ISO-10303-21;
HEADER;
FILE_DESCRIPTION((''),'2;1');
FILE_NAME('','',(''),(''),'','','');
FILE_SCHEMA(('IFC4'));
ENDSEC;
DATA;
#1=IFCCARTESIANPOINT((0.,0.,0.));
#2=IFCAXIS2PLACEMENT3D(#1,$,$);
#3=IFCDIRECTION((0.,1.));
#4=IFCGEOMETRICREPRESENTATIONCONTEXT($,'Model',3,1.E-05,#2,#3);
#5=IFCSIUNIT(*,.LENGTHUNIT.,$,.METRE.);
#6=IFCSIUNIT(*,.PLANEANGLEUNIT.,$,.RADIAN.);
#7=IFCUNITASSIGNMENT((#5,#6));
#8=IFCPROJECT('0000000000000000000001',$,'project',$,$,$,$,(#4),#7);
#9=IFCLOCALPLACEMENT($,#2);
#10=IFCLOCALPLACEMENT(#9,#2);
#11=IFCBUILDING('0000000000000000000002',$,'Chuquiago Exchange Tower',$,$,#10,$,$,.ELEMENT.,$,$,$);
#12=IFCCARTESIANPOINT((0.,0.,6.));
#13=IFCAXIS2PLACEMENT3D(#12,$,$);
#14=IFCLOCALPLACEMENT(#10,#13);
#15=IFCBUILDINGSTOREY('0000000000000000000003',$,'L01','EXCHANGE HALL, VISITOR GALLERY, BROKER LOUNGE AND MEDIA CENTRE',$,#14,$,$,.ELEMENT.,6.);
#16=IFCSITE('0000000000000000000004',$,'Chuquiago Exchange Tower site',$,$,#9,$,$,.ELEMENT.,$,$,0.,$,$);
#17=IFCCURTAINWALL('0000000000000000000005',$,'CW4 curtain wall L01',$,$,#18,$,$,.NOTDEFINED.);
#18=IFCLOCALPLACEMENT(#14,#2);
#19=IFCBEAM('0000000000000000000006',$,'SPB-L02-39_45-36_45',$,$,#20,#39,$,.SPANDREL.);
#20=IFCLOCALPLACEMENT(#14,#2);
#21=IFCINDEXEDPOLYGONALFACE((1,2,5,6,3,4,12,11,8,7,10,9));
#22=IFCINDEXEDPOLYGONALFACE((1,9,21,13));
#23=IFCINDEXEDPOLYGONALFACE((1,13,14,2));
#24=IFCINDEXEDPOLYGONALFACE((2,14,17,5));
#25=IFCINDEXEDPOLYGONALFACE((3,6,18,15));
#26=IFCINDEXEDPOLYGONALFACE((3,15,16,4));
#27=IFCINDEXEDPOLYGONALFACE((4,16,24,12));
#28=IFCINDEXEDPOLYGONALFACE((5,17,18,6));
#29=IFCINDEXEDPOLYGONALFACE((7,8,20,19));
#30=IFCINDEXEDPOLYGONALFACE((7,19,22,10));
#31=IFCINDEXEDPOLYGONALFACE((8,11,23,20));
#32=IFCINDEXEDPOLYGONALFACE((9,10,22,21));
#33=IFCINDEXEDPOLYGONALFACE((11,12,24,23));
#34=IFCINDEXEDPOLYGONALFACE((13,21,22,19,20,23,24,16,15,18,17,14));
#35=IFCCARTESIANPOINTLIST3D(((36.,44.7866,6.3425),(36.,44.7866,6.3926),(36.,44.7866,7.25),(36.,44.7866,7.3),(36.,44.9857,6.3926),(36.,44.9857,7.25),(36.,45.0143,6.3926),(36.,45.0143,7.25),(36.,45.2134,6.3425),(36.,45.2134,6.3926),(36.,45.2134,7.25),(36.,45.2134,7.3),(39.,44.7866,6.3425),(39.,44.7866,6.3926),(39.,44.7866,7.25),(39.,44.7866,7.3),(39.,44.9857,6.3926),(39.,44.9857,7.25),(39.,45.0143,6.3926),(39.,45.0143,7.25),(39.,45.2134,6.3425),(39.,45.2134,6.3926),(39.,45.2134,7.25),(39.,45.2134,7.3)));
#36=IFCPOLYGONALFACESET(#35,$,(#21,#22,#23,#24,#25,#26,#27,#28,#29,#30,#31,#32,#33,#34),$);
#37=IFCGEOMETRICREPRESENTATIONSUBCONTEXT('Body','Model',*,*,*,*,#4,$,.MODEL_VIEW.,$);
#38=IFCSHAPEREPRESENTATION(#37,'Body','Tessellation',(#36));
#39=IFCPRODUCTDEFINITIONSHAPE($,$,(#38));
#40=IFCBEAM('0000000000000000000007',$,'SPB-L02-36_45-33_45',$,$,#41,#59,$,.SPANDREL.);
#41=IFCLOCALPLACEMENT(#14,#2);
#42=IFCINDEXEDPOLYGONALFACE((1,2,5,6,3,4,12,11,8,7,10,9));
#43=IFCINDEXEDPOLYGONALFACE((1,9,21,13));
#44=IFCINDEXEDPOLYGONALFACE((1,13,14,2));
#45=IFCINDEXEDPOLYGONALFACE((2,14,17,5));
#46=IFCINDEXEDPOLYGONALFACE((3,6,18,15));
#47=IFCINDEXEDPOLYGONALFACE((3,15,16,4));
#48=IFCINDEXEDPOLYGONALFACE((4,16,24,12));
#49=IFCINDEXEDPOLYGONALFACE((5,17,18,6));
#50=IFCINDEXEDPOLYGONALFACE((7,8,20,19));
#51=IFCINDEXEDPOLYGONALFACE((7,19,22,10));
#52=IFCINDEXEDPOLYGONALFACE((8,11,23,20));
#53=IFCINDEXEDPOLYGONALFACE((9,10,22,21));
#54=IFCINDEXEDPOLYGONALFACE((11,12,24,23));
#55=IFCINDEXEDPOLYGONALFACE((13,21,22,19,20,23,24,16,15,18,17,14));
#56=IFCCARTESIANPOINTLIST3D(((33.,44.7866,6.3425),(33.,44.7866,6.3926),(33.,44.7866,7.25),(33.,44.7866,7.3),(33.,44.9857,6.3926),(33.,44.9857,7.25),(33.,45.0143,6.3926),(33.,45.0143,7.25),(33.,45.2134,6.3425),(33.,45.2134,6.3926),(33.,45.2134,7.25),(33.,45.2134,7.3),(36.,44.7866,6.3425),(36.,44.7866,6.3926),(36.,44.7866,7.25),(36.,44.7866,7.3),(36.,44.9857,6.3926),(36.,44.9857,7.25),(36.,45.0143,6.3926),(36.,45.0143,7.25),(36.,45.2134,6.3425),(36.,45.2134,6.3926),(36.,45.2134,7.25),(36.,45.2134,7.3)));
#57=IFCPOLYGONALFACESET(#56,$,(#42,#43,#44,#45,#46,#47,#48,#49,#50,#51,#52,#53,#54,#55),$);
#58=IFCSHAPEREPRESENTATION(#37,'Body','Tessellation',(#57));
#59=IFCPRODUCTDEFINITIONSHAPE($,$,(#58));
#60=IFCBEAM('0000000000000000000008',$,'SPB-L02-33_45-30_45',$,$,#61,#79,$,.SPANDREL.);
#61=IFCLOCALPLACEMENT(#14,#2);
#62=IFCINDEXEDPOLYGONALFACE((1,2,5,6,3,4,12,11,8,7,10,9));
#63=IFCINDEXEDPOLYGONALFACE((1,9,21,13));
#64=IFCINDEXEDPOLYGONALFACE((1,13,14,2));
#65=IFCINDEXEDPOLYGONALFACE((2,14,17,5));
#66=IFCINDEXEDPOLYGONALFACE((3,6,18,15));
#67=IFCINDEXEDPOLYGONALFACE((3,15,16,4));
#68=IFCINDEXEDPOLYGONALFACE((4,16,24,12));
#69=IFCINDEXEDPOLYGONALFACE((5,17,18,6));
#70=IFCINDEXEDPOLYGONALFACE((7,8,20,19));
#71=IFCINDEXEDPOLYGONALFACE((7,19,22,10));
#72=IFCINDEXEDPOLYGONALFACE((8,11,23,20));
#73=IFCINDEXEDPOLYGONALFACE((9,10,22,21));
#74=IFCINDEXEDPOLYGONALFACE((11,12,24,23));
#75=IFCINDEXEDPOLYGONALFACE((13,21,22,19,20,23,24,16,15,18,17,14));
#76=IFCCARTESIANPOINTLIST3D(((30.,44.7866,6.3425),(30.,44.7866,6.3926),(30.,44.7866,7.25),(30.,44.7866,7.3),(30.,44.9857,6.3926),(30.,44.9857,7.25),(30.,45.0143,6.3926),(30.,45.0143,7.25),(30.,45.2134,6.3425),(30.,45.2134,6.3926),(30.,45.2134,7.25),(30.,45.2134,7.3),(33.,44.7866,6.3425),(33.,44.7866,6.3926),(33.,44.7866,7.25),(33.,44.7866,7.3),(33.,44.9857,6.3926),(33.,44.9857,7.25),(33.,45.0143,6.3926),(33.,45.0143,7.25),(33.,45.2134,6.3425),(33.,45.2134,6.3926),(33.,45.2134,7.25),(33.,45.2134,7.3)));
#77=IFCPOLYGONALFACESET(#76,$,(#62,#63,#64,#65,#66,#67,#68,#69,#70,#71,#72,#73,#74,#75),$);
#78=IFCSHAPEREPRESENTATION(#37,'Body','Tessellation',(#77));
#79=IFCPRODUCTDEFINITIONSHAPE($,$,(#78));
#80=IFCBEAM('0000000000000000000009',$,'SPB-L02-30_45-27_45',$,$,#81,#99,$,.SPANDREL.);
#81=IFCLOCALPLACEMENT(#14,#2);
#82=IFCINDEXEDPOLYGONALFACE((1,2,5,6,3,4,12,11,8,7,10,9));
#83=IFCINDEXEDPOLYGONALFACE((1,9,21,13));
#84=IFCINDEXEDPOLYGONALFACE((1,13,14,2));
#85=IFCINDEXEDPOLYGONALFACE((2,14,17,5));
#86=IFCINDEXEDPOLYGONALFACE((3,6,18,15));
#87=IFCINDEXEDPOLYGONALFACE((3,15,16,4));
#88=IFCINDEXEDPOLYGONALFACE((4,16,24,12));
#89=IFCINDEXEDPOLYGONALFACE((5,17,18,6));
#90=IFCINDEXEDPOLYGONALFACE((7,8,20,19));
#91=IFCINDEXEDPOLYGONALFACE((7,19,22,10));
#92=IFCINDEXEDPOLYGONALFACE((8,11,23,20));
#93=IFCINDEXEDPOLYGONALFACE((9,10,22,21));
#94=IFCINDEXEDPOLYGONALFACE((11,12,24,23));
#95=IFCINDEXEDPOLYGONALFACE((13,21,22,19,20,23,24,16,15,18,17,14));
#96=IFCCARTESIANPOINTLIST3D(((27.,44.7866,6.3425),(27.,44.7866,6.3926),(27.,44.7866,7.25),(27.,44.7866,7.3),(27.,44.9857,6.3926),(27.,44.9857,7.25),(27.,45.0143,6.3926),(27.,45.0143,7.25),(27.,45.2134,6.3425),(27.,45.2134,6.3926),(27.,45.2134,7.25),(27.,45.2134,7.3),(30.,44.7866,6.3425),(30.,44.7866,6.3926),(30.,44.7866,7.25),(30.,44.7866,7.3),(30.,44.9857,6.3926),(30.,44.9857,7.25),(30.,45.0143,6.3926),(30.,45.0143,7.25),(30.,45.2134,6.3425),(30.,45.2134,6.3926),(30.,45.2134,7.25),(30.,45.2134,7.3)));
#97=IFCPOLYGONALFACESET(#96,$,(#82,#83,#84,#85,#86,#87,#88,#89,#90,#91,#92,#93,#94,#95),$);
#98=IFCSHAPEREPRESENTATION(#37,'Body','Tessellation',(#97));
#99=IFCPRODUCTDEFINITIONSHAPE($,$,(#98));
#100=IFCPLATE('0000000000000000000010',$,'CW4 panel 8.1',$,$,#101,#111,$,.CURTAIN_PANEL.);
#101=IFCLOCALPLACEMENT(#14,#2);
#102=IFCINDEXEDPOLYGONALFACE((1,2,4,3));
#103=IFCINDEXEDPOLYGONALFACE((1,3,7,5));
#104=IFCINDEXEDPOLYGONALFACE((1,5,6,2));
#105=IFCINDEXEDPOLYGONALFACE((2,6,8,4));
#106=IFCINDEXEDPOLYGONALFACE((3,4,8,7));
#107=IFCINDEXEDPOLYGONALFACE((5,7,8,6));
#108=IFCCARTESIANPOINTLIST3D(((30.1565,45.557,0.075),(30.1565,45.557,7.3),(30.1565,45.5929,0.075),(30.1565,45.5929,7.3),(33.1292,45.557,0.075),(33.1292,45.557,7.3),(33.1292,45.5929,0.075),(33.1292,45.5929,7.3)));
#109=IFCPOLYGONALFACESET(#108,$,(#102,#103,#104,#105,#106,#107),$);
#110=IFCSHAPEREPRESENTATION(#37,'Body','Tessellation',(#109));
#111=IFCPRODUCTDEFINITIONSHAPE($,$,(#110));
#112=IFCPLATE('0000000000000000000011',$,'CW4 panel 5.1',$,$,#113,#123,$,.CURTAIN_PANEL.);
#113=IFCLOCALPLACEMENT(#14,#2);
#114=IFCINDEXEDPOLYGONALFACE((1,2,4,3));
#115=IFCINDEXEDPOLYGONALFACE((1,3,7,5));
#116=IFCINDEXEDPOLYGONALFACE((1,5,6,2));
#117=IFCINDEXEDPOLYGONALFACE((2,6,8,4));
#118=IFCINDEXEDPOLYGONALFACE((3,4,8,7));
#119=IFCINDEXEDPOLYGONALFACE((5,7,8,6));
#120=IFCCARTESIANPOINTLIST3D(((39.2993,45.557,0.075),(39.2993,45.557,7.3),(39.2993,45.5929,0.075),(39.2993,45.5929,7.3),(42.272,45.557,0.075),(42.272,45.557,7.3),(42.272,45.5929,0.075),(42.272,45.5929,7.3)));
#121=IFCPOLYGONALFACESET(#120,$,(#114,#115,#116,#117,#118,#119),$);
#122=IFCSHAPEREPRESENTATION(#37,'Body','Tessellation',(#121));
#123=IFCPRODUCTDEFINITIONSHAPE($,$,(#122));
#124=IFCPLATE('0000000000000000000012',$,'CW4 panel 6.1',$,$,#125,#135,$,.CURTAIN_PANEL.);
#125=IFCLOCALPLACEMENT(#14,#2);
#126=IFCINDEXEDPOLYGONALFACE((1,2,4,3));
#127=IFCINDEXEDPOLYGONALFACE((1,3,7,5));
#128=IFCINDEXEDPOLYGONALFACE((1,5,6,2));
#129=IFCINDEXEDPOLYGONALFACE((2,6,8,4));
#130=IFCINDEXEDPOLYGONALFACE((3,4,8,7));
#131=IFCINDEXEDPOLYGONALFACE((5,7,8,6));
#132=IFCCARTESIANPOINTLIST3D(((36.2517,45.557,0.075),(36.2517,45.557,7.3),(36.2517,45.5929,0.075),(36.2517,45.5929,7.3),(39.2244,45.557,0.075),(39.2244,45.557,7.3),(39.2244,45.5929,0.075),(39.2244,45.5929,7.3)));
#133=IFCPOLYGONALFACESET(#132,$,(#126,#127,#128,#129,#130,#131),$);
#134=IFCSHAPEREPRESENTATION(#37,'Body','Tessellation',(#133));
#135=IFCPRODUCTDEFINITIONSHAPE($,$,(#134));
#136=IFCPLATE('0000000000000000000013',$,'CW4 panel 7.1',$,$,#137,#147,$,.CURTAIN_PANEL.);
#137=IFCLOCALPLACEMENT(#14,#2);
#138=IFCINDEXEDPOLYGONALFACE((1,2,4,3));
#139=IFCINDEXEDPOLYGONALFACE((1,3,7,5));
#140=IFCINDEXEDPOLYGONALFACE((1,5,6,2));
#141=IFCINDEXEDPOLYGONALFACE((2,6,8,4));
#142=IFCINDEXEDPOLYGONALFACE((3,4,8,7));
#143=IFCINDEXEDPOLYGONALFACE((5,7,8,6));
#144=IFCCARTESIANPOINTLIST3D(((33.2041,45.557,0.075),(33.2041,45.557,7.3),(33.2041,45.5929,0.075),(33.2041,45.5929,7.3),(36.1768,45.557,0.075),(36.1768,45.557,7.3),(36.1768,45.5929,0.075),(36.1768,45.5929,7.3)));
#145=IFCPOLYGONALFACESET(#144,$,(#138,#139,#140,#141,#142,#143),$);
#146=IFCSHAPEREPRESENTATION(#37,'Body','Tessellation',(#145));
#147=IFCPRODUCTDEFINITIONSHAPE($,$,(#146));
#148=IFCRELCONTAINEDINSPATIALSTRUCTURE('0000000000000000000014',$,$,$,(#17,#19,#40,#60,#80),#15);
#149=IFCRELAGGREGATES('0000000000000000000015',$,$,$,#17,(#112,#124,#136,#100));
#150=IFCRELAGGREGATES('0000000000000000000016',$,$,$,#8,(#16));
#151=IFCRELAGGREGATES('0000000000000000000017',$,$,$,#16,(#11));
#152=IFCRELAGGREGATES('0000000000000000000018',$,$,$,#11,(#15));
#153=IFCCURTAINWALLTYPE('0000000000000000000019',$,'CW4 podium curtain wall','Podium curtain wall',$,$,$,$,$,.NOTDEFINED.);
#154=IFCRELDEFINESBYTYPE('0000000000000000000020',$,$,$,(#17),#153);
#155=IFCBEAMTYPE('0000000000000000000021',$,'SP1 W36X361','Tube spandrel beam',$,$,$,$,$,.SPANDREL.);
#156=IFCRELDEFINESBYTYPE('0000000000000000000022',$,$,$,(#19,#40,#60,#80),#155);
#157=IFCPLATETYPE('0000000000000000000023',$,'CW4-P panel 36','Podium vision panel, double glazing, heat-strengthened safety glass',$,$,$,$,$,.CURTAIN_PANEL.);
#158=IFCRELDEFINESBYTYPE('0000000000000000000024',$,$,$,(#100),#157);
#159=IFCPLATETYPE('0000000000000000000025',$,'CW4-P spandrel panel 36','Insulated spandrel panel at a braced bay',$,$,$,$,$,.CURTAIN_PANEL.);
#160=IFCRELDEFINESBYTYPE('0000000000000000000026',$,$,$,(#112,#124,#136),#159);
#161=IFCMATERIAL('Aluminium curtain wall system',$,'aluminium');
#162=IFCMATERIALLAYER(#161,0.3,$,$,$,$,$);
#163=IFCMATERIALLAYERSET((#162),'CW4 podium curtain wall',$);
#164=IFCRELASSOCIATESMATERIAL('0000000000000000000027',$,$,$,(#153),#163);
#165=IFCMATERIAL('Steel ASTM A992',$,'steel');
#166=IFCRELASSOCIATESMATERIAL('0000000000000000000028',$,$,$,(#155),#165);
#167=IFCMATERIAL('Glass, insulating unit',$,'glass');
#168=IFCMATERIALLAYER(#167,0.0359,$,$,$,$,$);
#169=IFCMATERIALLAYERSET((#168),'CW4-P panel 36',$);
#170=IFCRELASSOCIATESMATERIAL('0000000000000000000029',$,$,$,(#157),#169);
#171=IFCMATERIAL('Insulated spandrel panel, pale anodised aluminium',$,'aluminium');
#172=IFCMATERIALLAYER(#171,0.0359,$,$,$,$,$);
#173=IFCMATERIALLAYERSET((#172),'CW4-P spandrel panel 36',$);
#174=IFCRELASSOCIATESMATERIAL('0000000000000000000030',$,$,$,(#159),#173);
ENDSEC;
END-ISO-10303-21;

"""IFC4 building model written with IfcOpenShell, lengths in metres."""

from ifc_helpers import new_model, si_unit, direction, frame, origin, origin_2d, place, context, subcontext, project, spatial, rectangle, i_section, extrude, material, layer, layer_set, material_profile, profile_set, type_object, element, aggregate, save


model = new_model("IFC4")

# Units and contexts
model_context = context("Model", 3, precision=1e-05, world=origin(), true_north=direction((0.0, 1.0)))
body_context = subcontext(model_context, "Body", "Model", "MODEL_VIEW")
ifc_project = project(units=[si_unit("LENGTHUNIT", "METRE"), si_unit("PLANEANGLEUNIT", "RADIAN")], contexts=[model_context])

# Site, building, storey
site_placement = place(None, origin())
site = spatial("IfcSite", under=ifc_project, at=site_placement, Name="Chuquiago Exchange Tower site", CompositionType="ELEMENT", RefElevation=0.0)
building_placement = place(site_placement, origin())
building = spatial("IfcBuilding", under=site, at=building_placement, Name="Chuquiago Exchange Tower", CompositionType="ELEMENT")
storey_placement = place(building_placement, frame((0.0, 0.0, 6.0)))
storey = spatial("IfcBuildingStorey", under=building, at=storey_placement, Name="L01", Description="EXCHANGE HALL, VISITOR GALLERY, BROKER LOUNGE AND MEDIA CENTRE", CompositionType="ELEMENT", Elevation=6.0)

# Curtain wall
ifc_material_1 = material(Name="Aluminium curtain wall system", Category="aluminium")
ifc_layer_1 = layer(ifc_material_1, 0.3)
ifc_layer_set_1 = layer_set([ifc_layer_1], Name="CW4 podium curtain wall")
curtain_wall_type = type_object("IfcCurtainWallType", Name="CW4 podium curtain wall", Description="Podium curtain wall", PredefinedType="NOTDEFINED", material=ifc_layer_set_1)
curtain_wall_placement = place(storey_placement, origin())
curtain_wall = element("IfcCurtainWall", 1, at=curtain_wall_placement, inside=storey, type_object=curtain_wall_type, Name="CW4 curtain wall L01", PredefinedType="NOTDEFINED")

# Beams
ifc_material_2 = material(Name="Steel ASTM A992", Category="steel")
ifc_material_profile_1 = material_profile(ifc_material_2, i_section(OverallWidth=0.4268, OverallDepth=0.9575, WebThickness=0.0286, FlangeThickness=0.05, at=origin_2d()), Name="W36X361")
ifc_profile_set_1 = profile_set([ifc_material_profile_1], Name="Steel ASTM A992")
beam_type_1 = type_object("IfcBeamType", Name="SP1 W36X361", Description="Tube spandrel beam", PredefinedType="SPANDREL", material=ifc_profile_set_1)
for number, where, z_axis, x_axis, name in (
    (2, (39.0, 45.0, 6.8213), (-1.0, 0.0, 0.0), (0.0, -1.0, 0.0), "SPB-L02-39_45-36_45"),
    (3, (36.0, 45.0, 6.8213), (-1.0, 0.0, 0.0), (0.0, -1.0, 0.0), "SPB-L02-36_45-33_45"),
    (4, (33.0, 45.0, 6.8213), (-1.0, 0.0, 0.0), (0.0, -1.0, 0.0), "SPB-L02-33_45-30_45"),
    (5, (30.0, 45.0, 6.8213), (-1.0, 0.0, 0.0), (0.0, -1.0, 0.0), "SPB-L02-30_45-27_45"),
):
    element("IfcBeam", number, at=place(storey_placement, frame(where, z_axis=z_axis, x_axis=x_axis)), inside=storey, type_object=beam_type_1, Name=name, PredefinedType="SPANDREL", context=body_context, shape_type="SweptSolid", body=[
        extrude(i_section(OverallWidth=0.4268, OverallDepth=0.9575, WebThickness=0.0286, FlangeThickness=0.05, at=origin_2d()), origin(), (0.0, 0.0, 1.0), 3.0),
    ])

# Plates
ifc_material_3 = material(Name="Glass, insulating unit", Category="glass")
ifc_layer_2 = layer(ifc_material_3, 0.0359)
ifc_layer_set_2 = layer_set([ifc_layer_2], Name="CW4-P panel 36")
plate_type_1 = type_object("IfcPlateType", Name="CW4-P panel 36", Description="Podium vision panel, double glazing, heat-strengthened safety glass", PredefinedType="CURTAIN_PANEL", material=ifc_layer_set_2)
plate_1_placement = place(storey_placement, frame((31.6428, 45.575, 0.075), z_axis=(0.0, 0.0, 1.0), x_axis=(-1.0, 0.0, 0.0)))
plate_1 = element("IfcPlate", 6, at=plate_1_placement, type_object=plate_type_1, Name="CW4 panel 8.1", PredefinedType="CURTAIN_PANEL", context=body_context, shape_type="SweptSolid", body=[
    extrude(rectangle(XDim=2.9727, YDim=0.0359, at=origin_2d()), origin(), (0.0, 0.0, 1.0), 7.2251),
])
ifc_material_4 = material(Name="Insulated spandrel panel, pale anodised aluminium", Category="aluminium")
ifc_layer_3 = layer(ifc_material_4, 0.0359)
ifc_layer_set_3 = layer_set([ifc_layer_3], Name="CW4-P spandrel panel 36")
plate_type_2 = type_object("IfcPlateType", Name="CW4-P spandrel panel 36", Description="Insulated spandrel panel at a braced bay", PredefinedType="CURTAIN_PANEL", material=ifc_layer_set_3)
plate_2_placement = place(storey_placement, frame((40.7856, 45.575, 0.075), z_axis=(0.0, 0.0, 1.0), x_axis=(-1.0, 0.0, 0.0)))
plate_2 = element("IfcPlate", 7, at=plate_2_placement, type_object=plate_type_2, Name="CW4 panel 5.1", PredefinedType="CURTAIN_PANEL", context=body_context, shape_type="SweptSolid", body=[
    extrude(rectangle(XDim=2.9727, YDim=0.0359, at=origin_2d()), origin(), (0.0, 0.0, 1.0), 7.2251),
])
plate_3_placement = place(storey_placement, frame((37.738, 45.575, 0.075), z_axis=(0.0, 0.0, 1.0), x_axis=(-1.0, 0.0, 0.0)))
plate_3 = element("IfcPlate", 8, at=plate_3_placement, type_object=plate_type_2, Name="CW4 panel 6.1", PredefinedType="CURTAIN_PANEL", context=body_context, shape_type="SweptSolid", body=[
    extrude(rectangle(XDim=2.9727, YDim=0.0359, at=origin_2d()), origin(), (0.0, 0.0, 1.0), 7.2251),
])
plate_4_placement = place(storey_placement, frame((34.6904, 45.575, 0.075), z_axis=(0.0, 0.0, 1.0), x_axis=(-1.0, 0.0, 0.0)))
plate_4 = element("IfcPlate", 9, at=plate_4_placement, type_object=plate_type_2, Name="CW4 panel 7.1", PredefinedType="CURTAIN_PANEL", context=body_context, shape_type="SweptSolid", body=[
    extrude(rectangle(XDim=2.9727, YDim=0.0359, at=origin_2d()), origin(), (0.0, 0.0, 1.0), 7.2251),
])
aggregate(curtain_wall, [plate_2, plate_3, plate_4, plate_1])

save(model, "model.ifc")
